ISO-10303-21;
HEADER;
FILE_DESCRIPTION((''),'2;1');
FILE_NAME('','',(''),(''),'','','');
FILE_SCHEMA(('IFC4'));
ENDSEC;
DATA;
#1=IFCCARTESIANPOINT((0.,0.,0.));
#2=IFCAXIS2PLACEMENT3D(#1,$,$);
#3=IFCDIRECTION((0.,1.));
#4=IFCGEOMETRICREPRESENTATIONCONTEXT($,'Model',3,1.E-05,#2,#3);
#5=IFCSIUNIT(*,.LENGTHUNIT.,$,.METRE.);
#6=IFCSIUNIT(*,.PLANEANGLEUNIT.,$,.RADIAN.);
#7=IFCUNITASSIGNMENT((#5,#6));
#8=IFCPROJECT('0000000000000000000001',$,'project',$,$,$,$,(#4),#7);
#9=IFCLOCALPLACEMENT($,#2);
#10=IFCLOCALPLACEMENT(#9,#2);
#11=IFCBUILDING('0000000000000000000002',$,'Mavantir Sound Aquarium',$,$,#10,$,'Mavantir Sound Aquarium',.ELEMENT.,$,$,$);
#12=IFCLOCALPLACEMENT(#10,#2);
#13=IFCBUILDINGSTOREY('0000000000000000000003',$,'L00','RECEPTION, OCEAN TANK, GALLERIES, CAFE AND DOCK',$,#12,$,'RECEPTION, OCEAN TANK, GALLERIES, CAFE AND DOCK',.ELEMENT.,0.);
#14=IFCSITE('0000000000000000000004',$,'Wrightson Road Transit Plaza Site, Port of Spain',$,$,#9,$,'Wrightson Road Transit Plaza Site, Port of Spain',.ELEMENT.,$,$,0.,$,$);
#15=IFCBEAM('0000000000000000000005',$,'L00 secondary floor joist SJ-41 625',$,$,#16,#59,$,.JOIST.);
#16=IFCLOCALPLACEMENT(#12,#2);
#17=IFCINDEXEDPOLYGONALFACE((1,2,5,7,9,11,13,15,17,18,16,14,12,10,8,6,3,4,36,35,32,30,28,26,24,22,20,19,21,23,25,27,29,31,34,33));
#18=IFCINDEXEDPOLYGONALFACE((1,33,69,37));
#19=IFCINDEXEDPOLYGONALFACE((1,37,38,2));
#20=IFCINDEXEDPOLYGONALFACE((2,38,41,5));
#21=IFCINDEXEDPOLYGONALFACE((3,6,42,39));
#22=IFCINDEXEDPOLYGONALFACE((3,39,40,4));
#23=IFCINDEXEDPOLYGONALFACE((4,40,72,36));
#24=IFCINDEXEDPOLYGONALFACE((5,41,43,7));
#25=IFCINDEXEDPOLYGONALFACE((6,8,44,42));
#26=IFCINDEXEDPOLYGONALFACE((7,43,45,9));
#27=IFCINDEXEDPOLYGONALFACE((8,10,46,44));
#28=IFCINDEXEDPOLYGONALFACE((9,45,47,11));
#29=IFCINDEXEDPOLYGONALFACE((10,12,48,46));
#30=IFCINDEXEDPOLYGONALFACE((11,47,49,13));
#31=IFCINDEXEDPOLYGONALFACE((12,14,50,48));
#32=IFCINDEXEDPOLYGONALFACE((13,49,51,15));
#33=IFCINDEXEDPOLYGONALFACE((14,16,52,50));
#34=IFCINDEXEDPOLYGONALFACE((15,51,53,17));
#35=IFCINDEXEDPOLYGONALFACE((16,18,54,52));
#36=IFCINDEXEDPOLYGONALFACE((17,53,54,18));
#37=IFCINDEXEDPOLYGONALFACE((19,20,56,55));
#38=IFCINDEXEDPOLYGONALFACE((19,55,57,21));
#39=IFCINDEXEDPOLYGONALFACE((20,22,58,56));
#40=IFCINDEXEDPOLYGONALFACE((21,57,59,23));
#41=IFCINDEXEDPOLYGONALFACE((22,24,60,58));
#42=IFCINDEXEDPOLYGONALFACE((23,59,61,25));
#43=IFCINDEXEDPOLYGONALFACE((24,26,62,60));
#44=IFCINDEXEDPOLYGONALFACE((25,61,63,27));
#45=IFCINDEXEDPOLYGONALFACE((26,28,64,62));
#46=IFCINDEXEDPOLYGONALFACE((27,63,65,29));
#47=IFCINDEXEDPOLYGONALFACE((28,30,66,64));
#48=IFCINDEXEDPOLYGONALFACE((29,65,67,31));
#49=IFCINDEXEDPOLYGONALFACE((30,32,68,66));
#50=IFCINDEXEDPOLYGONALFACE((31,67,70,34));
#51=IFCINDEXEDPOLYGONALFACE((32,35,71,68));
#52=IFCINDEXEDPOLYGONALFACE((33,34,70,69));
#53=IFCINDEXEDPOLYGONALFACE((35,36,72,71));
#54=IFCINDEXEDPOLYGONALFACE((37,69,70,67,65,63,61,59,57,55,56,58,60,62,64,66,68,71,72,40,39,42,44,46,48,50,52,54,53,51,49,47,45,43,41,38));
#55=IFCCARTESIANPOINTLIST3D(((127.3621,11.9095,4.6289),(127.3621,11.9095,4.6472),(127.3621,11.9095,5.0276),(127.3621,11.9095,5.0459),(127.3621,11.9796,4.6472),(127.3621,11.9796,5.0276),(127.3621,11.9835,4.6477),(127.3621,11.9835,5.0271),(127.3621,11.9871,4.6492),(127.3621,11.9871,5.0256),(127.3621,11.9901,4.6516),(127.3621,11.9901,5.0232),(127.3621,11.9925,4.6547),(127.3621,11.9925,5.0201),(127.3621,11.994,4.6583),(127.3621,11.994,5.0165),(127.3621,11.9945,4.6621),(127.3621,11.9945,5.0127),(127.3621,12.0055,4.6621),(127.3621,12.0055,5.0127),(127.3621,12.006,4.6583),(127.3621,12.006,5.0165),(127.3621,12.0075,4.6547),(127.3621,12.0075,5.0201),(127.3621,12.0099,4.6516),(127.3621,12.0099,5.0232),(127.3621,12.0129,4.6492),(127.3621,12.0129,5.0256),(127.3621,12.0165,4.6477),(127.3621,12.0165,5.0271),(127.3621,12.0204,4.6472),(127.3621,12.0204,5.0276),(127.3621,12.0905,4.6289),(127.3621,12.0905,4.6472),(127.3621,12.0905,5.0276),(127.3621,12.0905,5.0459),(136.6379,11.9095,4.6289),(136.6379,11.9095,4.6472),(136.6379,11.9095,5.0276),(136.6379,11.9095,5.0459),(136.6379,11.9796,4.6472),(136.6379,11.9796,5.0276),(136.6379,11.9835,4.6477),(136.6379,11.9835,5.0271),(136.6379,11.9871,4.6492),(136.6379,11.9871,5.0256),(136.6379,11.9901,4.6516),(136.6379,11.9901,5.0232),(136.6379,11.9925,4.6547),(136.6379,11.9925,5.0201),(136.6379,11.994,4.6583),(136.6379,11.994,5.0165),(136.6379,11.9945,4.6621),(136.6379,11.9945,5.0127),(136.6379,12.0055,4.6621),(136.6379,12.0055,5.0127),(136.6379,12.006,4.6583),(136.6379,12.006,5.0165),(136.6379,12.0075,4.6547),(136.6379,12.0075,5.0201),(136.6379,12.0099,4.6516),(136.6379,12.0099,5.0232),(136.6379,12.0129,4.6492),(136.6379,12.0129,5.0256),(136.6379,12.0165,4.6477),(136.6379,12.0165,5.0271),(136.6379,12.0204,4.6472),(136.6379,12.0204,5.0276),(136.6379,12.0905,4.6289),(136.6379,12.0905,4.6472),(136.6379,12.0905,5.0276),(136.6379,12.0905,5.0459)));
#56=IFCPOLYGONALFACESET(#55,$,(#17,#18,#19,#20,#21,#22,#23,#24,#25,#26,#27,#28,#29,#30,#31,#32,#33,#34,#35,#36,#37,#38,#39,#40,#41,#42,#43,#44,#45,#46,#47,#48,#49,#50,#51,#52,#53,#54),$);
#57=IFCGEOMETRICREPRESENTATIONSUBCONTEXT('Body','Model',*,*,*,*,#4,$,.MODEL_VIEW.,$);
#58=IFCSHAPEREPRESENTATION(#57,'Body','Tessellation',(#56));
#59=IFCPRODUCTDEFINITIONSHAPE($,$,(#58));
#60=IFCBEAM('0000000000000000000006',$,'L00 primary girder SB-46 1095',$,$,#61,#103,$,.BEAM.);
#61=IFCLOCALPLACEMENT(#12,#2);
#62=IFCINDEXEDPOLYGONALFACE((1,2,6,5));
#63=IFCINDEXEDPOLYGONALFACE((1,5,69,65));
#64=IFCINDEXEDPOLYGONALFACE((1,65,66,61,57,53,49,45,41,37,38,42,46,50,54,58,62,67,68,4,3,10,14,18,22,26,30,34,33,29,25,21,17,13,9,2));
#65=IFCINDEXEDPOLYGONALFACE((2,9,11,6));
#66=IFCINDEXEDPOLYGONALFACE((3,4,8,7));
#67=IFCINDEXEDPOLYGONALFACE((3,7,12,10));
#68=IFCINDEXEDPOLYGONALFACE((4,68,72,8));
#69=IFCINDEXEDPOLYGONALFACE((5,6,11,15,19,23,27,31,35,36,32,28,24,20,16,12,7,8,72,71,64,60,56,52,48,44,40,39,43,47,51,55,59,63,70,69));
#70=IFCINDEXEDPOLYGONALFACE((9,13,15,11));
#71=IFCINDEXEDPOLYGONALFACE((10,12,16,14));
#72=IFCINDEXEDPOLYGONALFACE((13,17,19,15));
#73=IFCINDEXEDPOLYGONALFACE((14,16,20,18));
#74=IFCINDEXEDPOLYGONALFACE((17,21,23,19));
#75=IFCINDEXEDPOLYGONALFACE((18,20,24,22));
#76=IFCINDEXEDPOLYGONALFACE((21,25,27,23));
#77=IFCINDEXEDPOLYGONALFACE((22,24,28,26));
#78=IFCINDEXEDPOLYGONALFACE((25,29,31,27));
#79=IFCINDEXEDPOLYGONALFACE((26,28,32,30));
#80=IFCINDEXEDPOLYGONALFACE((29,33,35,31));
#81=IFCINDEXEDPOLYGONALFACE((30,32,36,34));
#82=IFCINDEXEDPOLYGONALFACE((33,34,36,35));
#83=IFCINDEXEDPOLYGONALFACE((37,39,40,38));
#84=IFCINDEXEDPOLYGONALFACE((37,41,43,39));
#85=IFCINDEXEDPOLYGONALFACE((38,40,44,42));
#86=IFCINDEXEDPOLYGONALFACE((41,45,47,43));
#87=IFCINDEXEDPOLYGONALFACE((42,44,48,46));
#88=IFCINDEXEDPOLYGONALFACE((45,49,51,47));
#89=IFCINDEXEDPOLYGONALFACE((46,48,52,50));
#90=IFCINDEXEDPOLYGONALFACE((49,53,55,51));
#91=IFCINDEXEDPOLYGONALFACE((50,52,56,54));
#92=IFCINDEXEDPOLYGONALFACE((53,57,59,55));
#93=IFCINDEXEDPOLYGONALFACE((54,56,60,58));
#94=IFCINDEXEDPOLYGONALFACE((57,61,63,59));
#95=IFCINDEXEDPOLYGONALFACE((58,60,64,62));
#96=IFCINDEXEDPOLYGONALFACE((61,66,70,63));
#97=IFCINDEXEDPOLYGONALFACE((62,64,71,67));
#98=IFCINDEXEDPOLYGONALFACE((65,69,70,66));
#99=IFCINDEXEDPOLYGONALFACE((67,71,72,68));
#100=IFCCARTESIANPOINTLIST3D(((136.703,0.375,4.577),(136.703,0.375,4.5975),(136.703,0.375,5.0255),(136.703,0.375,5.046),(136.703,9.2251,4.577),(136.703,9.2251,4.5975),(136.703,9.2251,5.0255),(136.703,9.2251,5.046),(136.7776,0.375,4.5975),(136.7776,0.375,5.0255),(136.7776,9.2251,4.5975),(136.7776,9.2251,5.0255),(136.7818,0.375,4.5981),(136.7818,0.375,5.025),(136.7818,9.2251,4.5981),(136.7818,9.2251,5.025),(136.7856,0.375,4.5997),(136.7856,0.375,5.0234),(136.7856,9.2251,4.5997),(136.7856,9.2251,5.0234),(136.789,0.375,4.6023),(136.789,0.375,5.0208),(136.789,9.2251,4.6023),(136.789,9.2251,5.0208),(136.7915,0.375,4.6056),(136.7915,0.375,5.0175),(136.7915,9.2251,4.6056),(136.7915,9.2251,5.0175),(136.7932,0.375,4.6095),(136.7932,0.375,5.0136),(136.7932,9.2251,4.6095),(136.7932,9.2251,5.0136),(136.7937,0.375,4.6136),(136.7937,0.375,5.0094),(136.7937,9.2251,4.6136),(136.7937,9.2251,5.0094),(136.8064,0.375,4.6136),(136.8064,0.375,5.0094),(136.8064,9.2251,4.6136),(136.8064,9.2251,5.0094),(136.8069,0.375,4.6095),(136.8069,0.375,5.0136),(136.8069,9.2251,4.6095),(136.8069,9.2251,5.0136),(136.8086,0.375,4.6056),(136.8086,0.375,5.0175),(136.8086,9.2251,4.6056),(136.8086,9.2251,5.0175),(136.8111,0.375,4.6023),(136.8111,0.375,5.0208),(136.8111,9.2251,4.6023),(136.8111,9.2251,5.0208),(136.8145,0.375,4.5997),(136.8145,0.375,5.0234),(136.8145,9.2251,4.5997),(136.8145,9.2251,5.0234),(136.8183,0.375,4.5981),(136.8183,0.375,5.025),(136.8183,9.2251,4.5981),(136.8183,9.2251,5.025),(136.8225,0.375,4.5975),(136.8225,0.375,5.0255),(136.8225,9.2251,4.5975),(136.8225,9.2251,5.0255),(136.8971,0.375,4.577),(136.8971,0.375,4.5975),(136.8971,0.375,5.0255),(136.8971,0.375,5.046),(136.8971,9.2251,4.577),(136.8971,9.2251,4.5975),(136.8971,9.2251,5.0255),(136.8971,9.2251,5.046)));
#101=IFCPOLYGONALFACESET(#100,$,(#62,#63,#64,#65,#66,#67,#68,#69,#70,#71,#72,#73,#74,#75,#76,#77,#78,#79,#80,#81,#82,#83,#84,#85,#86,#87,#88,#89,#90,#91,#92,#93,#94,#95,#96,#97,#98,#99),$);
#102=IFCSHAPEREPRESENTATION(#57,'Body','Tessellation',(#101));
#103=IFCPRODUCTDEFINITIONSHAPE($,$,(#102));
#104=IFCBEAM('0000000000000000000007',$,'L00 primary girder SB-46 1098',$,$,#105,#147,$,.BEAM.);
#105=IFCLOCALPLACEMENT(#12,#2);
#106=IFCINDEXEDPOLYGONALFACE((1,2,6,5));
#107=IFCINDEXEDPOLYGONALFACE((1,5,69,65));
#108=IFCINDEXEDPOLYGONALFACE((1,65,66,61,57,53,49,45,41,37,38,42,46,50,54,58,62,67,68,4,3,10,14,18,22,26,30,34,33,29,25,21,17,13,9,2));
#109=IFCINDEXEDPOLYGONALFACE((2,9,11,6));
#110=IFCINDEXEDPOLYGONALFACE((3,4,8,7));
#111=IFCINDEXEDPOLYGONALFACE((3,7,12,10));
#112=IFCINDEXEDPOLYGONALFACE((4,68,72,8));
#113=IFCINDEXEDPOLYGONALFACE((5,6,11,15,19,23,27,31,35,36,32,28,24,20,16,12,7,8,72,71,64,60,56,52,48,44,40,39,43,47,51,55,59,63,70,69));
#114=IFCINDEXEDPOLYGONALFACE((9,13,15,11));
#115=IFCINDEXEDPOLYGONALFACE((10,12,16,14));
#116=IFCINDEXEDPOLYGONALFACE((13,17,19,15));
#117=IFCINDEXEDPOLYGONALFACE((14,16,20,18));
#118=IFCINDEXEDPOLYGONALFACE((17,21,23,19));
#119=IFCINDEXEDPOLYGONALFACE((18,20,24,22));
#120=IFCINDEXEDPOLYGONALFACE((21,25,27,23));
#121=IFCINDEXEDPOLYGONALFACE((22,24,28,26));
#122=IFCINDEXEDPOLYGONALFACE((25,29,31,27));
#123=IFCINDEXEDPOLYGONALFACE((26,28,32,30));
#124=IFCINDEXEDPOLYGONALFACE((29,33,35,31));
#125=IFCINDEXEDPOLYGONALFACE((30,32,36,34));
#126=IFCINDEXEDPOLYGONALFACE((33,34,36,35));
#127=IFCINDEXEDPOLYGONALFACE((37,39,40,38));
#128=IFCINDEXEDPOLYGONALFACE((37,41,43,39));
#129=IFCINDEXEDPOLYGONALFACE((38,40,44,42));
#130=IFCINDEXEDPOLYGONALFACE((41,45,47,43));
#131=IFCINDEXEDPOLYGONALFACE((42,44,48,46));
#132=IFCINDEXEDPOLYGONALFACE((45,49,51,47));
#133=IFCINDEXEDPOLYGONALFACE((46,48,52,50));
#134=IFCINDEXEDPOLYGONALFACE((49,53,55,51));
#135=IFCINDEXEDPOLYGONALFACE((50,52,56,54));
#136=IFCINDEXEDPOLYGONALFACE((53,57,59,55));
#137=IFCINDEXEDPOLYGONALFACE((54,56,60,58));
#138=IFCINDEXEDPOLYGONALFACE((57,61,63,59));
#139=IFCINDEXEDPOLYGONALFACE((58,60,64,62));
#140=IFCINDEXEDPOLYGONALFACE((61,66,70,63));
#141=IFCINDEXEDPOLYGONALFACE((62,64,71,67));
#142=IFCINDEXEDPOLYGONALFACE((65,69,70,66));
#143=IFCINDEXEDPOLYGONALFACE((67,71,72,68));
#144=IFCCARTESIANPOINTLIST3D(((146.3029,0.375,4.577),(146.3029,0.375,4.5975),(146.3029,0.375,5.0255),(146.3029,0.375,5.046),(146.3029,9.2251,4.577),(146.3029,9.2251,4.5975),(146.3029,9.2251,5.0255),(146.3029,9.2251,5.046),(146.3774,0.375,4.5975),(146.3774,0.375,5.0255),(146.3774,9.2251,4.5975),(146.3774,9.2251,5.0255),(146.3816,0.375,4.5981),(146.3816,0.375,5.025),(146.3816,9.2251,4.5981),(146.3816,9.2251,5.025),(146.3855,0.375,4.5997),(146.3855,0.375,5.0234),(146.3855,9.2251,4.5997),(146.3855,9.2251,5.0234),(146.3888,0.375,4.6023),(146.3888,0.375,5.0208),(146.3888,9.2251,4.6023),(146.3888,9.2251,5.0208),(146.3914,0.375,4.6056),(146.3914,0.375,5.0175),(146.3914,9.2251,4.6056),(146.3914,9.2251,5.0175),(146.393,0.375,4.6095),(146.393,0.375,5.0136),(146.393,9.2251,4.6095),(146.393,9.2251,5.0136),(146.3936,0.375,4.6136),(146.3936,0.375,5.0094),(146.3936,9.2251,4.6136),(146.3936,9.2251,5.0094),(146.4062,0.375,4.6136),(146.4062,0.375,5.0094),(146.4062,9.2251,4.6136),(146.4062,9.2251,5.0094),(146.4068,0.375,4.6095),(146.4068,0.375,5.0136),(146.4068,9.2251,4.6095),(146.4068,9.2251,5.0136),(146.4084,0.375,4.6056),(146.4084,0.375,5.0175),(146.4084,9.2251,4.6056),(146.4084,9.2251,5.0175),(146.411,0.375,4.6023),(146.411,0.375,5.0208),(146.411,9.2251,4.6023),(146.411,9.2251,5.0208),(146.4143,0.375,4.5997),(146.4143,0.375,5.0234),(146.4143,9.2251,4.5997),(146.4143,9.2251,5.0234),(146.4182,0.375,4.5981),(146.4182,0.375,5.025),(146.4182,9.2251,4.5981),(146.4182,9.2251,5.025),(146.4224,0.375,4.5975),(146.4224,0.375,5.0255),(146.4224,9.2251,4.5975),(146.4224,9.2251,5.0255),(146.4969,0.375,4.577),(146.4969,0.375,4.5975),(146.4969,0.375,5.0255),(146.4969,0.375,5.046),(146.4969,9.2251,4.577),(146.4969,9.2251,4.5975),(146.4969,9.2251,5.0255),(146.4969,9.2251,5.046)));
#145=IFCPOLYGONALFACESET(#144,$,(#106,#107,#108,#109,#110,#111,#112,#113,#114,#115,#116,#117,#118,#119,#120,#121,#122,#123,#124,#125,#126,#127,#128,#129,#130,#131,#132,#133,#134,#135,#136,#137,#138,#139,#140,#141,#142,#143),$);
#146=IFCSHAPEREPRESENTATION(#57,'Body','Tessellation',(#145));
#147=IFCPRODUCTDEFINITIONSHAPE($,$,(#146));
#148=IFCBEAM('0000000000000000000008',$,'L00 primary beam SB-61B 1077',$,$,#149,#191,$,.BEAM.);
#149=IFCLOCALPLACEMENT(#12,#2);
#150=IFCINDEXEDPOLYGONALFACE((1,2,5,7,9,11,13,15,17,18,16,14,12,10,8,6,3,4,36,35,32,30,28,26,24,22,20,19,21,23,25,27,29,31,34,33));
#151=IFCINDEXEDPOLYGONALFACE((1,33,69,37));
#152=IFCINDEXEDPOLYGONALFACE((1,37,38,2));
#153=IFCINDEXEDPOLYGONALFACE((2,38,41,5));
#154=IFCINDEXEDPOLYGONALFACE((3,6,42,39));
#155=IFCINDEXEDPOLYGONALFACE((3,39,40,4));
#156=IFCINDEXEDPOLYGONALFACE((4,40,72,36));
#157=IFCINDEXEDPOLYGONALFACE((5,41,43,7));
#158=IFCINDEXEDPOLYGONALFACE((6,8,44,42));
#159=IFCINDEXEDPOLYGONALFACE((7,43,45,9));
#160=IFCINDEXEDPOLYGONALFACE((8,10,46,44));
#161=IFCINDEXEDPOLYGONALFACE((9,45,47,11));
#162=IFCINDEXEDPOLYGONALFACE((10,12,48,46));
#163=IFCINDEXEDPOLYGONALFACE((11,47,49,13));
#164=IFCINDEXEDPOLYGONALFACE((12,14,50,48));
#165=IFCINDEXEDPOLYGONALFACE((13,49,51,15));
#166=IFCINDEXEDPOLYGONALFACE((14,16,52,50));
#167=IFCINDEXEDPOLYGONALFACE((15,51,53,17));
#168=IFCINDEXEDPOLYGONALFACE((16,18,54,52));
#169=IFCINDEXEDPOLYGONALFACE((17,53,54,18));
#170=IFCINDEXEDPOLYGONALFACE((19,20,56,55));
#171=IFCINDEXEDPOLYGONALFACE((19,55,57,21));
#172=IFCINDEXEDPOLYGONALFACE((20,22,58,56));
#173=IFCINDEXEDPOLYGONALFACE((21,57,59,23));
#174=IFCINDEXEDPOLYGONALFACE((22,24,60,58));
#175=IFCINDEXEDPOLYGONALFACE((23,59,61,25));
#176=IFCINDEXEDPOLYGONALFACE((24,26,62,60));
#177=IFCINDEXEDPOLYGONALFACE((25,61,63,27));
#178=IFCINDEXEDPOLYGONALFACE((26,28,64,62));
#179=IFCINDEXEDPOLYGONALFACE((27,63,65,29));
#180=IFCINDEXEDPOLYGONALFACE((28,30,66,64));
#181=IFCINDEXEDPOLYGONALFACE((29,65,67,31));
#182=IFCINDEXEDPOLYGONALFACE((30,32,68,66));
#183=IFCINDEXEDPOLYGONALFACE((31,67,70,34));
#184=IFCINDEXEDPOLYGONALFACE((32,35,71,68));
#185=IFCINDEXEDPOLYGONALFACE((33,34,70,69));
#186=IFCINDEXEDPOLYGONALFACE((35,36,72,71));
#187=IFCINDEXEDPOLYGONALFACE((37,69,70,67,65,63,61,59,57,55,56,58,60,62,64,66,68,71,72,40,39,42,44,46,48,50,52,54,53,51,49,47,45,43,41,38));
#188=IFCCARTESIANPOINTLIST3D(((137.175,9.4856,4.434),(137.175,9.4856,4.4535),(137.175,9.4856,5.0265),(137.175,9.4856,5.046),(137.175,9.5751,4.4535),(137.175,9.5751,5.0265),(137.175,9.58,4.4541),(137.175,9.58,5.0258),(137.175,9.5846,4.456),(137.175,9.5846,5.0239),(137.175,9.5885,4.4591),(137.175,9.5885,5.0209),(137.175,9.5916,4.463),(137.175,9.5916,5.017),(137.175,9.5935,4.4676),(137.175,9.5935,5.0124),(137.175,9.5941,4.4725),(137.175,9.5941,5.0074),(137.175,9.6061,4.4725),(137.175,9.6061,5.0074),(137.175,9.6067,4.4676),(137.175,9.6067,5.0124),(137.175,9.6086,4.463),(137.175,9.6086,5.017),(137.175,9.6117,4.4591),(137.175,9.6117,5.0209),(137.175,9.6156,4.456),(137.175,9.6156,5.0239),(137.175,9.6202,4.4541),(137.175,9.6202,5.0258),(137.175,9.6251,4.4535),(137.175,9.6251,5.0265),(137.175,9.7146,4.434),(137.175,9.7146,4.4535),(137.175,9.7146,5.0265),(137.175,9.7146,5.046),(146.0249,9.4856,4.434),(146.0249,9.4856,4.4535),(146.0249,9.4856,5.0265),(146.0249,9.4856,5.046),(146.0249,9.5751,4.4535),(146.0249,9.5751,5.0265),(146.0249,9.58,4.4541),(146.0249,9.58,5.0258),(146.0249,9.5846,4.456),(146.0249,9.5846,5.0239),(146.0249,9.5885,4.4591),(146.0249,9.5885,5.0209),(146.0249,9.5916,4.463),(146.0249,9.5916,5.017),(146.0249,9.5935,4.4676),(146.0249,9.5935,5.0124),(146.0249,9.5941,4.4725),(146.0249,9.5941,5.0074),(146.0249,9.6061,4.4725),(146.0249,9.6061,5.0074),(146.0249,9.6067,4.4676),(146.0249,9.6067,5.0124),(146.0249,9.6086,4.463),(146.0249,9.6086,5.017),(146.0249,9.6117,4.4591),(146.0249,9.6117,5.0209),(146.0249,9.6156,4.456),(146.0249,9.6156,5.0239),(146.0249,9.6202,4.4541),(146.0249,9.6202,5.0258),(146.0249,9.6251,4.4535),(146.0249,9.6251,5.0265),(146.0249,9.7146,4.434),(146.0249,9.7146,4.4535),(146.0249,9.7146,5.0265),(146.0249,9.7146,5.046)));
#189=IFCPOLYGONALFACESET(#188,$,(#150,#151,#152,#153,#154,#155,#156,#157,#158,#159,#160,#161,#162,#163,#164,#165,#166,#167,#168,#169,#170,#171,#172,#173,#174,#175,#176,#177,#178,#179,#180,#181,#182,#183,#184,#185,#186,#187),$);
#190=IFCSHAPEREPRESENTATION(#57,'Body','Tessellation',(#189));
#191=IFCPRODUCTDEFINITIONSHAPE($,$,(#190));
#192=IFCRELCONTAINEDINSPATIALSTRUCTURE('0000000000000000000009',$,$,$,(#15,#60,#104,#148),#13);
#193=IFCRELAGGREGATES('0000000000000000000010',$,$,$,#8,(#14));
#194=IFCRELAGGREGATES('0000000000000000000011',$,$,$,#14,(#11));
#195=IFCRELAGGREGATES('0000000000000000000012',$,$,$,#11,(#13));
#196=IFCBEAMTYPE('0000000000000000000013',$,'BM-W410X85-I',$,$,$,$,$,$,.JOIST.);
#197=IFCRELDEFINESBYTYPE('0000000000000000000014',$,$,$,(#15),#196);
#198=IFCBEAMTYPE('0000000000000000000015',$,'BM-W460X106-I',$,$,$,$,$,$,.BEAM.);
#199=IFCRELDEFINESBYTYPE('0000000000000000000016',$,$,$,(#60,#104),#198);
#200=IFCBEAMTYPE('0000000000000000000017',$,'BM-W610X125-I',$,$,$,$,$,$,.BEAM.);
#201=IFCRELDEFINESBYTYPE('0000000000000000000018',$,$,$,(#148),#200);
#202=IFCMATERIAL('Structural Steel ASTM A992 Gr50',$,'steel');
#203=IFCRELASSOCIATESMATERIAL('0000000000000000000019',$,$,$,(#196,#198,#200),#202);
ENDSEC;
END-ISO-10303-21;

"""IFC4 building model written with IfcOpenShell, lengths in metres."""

from ifc_helpers import new_model, si_unit, direction, frame, origin, origin_2d, place, context, subcontext, project, spatial, i_section, extrude, material, material_profile, profile_set, type_object, element, save


model = new_model("IFC4")

# Units and contexts
model_context = context("Model", 3, precision=1e-05, world=origin(), true_north=direction((0.0, 1.0)))
body_context = subcontext(model_context, "Body", "Model", "MODEL_VIEW")
ifc_project = project(units=[si_unit("LENGTHUNIT", "METRE"), si_unit("PLANEANGLEUNIT", "RADIAN")], contexts=[model_context])

# Site, building, storey
site_placement = place(None, origin())
site = spatial("IfcSite", under=ifc_project, at=site_placement, Name="Wrightson Road Transit Plaza Site, Port of Spain", LongName="Wrightson Road Transit Plaza Site, Port of Spain", CompositionType="ELEMENT", RefElevation=0.0)
building_placement = place(site_placement, origin())
building = spatial("IfcBuilding", under=site, at=building_placement, Name="Mavantir Sound Aquarium", LongName="Mavantir Sound Aquarium", CompositionType="ELEMENT")
storey_placement = place(building_placement, origin())
storey = spatial("IfcBuildingStorey", under=building, at=storey_placement, Name="L00", Description="RECEPTION, OCEAN TANK, GALLERIES, CAFE AND DOCK", LongName="RECEPTION, OCEAN TANK, GALLERIES, CAFE AND DOCK", CompositionType="ELEMENT", Elevation=0.0)

# Beams
ifc_material_1 = material(Name="Structural Steel ASTM A992 Gr50", Category="steel")
ifc_material_profile_1 = material_profile(ifc_material_1, i_section(OverallWidth=0.1809, OverallDepth=0.417, WebThickness=0.011, FlangeThickness=0.0183, FilletRadius=0.0149, at=origin_2d()), Name="W410X85")
ifc_profile_set_1 = profile_set([ifc_material_profile_1], Name="Structural Steel ASTM A992 Gr50")
beam_type_1 = type_object("IfcBeamType", Name="BM-W410X85-I", PredefinedType="JOIST", material=ifc_profile_set_1)
beam_1_placement = place(storey_placement, frame((127.3621, 12.0, 4.8374), z_axis=(1.0, 0.0, 0.0), x_axis=(0.0, 1.0, 0.0)))
element("IfcBeam", 1, at=beam_1_placement, inside=storey, type_object=beam_type_1, Name="L00 secondary floor joist SJ-41 625", PredefinedType="JOIST", context=body_context, shape_type="SweptSolid", body=[
    extrude(i_section(OverallWidth=0.1809, OverallDepth=0.417, WebThickness=0.011, FlangeThickness=0.0183, FilletRadius=0.0149, at=origin_2d()), origin(), (0.0, 0.0, 1.0), 9.2759),
])
ifc_material_profile_2 = material_profile(ifc_material_1, i_section(OverallWidth=0.1941, OverallDepth=0.469, WebThickness=0.0127, FlangeThickness=0.0205, FilletRadius=0.0161, at=origin_2d()), Name="W460X106")
ifc_profile_set_2 = profile_set([ifc_material_profile_2], Name="Structural Steel ASTM A992 Gr50")
beam_type_2 = type_object("IfcBeamType", Name="BM-W460X106-I", PredefinedType="BEAM", material=ifc_profile_set_2)
for number, where, z_axis, x_axis, name in (
    (2, (136.8, 0.375, 4.8115), (0.0, 1.0, 0.0), (-1.0, 0.0, 0.0), "L00 primary girder SB-46 1095"),
    (3, (146.3999, 0.375, 4.8115), (0.0, 1.0, 0.0), (-1.0, 0.0, 0.0), "L00 primary girder SB-46 1098"),
):
    element("IfcBeam", number, at=place(storey_placement, frame(where, z_axis=z_axis, x_axis=x_axis)), inside=storey, type_object=beam_type_2, Name=name, PredefinedType="BEAM", context=body_context, shape_type="SweptSolid", body=[
        extrude(i_section(OverallWidth=0.1941, OverallDepth=0.469, WebThickness=0.0127, FlangeThickness=0.0205, FilletRadius=0.0161, at=origin_2d()), origin(), (0.0, 0.0, 1.0), 8.8501),
    ])
ifc_material_profile_3 = material_profile(ifc_material_1, i_section(OverallWidth=0.229, OverallDepth=0.6121, WebThickness=0.012, FlangeThickness=0.0195, FilletRadius=0.019, at=origin_2d()), Name="W610X125")
ifc_profile_set_3 = profile_set([ifc_material_profile_3], Name="Structural Steel ASTM A992 Gr50")
beam_type_3 = type_object("IfcBeamType", Name="BM-W610X125-I", PredefinedType="BEAM", material=ifc_profile_set_3)
beam_2_placement = place(storey_placement, frame((137.175, 9.6001, 4.74), z_axis=(1.0, 0.0, 0.0), x_axis=(0.0, 1.0, 0.0)))
element("IfcBeam", 4, at=beam_2_placement, inside=storey, type_object=beam_type_3, Name="L00 primary beam SB-61B 1077", PredefinedType="BEAM", context=body_context, shape_type="SweptSolid", body=[
    extrude(i_section(OverallWidth=0.229, OverallDepth=0.6121, WebThickness=0.012, FlangeThickness=0.0195, FilletRadius=0.019, at=origin_2d()), origin(), (0.0, 0.0, 1.0), 8.8499),
])

save(model, "model.ifc")
